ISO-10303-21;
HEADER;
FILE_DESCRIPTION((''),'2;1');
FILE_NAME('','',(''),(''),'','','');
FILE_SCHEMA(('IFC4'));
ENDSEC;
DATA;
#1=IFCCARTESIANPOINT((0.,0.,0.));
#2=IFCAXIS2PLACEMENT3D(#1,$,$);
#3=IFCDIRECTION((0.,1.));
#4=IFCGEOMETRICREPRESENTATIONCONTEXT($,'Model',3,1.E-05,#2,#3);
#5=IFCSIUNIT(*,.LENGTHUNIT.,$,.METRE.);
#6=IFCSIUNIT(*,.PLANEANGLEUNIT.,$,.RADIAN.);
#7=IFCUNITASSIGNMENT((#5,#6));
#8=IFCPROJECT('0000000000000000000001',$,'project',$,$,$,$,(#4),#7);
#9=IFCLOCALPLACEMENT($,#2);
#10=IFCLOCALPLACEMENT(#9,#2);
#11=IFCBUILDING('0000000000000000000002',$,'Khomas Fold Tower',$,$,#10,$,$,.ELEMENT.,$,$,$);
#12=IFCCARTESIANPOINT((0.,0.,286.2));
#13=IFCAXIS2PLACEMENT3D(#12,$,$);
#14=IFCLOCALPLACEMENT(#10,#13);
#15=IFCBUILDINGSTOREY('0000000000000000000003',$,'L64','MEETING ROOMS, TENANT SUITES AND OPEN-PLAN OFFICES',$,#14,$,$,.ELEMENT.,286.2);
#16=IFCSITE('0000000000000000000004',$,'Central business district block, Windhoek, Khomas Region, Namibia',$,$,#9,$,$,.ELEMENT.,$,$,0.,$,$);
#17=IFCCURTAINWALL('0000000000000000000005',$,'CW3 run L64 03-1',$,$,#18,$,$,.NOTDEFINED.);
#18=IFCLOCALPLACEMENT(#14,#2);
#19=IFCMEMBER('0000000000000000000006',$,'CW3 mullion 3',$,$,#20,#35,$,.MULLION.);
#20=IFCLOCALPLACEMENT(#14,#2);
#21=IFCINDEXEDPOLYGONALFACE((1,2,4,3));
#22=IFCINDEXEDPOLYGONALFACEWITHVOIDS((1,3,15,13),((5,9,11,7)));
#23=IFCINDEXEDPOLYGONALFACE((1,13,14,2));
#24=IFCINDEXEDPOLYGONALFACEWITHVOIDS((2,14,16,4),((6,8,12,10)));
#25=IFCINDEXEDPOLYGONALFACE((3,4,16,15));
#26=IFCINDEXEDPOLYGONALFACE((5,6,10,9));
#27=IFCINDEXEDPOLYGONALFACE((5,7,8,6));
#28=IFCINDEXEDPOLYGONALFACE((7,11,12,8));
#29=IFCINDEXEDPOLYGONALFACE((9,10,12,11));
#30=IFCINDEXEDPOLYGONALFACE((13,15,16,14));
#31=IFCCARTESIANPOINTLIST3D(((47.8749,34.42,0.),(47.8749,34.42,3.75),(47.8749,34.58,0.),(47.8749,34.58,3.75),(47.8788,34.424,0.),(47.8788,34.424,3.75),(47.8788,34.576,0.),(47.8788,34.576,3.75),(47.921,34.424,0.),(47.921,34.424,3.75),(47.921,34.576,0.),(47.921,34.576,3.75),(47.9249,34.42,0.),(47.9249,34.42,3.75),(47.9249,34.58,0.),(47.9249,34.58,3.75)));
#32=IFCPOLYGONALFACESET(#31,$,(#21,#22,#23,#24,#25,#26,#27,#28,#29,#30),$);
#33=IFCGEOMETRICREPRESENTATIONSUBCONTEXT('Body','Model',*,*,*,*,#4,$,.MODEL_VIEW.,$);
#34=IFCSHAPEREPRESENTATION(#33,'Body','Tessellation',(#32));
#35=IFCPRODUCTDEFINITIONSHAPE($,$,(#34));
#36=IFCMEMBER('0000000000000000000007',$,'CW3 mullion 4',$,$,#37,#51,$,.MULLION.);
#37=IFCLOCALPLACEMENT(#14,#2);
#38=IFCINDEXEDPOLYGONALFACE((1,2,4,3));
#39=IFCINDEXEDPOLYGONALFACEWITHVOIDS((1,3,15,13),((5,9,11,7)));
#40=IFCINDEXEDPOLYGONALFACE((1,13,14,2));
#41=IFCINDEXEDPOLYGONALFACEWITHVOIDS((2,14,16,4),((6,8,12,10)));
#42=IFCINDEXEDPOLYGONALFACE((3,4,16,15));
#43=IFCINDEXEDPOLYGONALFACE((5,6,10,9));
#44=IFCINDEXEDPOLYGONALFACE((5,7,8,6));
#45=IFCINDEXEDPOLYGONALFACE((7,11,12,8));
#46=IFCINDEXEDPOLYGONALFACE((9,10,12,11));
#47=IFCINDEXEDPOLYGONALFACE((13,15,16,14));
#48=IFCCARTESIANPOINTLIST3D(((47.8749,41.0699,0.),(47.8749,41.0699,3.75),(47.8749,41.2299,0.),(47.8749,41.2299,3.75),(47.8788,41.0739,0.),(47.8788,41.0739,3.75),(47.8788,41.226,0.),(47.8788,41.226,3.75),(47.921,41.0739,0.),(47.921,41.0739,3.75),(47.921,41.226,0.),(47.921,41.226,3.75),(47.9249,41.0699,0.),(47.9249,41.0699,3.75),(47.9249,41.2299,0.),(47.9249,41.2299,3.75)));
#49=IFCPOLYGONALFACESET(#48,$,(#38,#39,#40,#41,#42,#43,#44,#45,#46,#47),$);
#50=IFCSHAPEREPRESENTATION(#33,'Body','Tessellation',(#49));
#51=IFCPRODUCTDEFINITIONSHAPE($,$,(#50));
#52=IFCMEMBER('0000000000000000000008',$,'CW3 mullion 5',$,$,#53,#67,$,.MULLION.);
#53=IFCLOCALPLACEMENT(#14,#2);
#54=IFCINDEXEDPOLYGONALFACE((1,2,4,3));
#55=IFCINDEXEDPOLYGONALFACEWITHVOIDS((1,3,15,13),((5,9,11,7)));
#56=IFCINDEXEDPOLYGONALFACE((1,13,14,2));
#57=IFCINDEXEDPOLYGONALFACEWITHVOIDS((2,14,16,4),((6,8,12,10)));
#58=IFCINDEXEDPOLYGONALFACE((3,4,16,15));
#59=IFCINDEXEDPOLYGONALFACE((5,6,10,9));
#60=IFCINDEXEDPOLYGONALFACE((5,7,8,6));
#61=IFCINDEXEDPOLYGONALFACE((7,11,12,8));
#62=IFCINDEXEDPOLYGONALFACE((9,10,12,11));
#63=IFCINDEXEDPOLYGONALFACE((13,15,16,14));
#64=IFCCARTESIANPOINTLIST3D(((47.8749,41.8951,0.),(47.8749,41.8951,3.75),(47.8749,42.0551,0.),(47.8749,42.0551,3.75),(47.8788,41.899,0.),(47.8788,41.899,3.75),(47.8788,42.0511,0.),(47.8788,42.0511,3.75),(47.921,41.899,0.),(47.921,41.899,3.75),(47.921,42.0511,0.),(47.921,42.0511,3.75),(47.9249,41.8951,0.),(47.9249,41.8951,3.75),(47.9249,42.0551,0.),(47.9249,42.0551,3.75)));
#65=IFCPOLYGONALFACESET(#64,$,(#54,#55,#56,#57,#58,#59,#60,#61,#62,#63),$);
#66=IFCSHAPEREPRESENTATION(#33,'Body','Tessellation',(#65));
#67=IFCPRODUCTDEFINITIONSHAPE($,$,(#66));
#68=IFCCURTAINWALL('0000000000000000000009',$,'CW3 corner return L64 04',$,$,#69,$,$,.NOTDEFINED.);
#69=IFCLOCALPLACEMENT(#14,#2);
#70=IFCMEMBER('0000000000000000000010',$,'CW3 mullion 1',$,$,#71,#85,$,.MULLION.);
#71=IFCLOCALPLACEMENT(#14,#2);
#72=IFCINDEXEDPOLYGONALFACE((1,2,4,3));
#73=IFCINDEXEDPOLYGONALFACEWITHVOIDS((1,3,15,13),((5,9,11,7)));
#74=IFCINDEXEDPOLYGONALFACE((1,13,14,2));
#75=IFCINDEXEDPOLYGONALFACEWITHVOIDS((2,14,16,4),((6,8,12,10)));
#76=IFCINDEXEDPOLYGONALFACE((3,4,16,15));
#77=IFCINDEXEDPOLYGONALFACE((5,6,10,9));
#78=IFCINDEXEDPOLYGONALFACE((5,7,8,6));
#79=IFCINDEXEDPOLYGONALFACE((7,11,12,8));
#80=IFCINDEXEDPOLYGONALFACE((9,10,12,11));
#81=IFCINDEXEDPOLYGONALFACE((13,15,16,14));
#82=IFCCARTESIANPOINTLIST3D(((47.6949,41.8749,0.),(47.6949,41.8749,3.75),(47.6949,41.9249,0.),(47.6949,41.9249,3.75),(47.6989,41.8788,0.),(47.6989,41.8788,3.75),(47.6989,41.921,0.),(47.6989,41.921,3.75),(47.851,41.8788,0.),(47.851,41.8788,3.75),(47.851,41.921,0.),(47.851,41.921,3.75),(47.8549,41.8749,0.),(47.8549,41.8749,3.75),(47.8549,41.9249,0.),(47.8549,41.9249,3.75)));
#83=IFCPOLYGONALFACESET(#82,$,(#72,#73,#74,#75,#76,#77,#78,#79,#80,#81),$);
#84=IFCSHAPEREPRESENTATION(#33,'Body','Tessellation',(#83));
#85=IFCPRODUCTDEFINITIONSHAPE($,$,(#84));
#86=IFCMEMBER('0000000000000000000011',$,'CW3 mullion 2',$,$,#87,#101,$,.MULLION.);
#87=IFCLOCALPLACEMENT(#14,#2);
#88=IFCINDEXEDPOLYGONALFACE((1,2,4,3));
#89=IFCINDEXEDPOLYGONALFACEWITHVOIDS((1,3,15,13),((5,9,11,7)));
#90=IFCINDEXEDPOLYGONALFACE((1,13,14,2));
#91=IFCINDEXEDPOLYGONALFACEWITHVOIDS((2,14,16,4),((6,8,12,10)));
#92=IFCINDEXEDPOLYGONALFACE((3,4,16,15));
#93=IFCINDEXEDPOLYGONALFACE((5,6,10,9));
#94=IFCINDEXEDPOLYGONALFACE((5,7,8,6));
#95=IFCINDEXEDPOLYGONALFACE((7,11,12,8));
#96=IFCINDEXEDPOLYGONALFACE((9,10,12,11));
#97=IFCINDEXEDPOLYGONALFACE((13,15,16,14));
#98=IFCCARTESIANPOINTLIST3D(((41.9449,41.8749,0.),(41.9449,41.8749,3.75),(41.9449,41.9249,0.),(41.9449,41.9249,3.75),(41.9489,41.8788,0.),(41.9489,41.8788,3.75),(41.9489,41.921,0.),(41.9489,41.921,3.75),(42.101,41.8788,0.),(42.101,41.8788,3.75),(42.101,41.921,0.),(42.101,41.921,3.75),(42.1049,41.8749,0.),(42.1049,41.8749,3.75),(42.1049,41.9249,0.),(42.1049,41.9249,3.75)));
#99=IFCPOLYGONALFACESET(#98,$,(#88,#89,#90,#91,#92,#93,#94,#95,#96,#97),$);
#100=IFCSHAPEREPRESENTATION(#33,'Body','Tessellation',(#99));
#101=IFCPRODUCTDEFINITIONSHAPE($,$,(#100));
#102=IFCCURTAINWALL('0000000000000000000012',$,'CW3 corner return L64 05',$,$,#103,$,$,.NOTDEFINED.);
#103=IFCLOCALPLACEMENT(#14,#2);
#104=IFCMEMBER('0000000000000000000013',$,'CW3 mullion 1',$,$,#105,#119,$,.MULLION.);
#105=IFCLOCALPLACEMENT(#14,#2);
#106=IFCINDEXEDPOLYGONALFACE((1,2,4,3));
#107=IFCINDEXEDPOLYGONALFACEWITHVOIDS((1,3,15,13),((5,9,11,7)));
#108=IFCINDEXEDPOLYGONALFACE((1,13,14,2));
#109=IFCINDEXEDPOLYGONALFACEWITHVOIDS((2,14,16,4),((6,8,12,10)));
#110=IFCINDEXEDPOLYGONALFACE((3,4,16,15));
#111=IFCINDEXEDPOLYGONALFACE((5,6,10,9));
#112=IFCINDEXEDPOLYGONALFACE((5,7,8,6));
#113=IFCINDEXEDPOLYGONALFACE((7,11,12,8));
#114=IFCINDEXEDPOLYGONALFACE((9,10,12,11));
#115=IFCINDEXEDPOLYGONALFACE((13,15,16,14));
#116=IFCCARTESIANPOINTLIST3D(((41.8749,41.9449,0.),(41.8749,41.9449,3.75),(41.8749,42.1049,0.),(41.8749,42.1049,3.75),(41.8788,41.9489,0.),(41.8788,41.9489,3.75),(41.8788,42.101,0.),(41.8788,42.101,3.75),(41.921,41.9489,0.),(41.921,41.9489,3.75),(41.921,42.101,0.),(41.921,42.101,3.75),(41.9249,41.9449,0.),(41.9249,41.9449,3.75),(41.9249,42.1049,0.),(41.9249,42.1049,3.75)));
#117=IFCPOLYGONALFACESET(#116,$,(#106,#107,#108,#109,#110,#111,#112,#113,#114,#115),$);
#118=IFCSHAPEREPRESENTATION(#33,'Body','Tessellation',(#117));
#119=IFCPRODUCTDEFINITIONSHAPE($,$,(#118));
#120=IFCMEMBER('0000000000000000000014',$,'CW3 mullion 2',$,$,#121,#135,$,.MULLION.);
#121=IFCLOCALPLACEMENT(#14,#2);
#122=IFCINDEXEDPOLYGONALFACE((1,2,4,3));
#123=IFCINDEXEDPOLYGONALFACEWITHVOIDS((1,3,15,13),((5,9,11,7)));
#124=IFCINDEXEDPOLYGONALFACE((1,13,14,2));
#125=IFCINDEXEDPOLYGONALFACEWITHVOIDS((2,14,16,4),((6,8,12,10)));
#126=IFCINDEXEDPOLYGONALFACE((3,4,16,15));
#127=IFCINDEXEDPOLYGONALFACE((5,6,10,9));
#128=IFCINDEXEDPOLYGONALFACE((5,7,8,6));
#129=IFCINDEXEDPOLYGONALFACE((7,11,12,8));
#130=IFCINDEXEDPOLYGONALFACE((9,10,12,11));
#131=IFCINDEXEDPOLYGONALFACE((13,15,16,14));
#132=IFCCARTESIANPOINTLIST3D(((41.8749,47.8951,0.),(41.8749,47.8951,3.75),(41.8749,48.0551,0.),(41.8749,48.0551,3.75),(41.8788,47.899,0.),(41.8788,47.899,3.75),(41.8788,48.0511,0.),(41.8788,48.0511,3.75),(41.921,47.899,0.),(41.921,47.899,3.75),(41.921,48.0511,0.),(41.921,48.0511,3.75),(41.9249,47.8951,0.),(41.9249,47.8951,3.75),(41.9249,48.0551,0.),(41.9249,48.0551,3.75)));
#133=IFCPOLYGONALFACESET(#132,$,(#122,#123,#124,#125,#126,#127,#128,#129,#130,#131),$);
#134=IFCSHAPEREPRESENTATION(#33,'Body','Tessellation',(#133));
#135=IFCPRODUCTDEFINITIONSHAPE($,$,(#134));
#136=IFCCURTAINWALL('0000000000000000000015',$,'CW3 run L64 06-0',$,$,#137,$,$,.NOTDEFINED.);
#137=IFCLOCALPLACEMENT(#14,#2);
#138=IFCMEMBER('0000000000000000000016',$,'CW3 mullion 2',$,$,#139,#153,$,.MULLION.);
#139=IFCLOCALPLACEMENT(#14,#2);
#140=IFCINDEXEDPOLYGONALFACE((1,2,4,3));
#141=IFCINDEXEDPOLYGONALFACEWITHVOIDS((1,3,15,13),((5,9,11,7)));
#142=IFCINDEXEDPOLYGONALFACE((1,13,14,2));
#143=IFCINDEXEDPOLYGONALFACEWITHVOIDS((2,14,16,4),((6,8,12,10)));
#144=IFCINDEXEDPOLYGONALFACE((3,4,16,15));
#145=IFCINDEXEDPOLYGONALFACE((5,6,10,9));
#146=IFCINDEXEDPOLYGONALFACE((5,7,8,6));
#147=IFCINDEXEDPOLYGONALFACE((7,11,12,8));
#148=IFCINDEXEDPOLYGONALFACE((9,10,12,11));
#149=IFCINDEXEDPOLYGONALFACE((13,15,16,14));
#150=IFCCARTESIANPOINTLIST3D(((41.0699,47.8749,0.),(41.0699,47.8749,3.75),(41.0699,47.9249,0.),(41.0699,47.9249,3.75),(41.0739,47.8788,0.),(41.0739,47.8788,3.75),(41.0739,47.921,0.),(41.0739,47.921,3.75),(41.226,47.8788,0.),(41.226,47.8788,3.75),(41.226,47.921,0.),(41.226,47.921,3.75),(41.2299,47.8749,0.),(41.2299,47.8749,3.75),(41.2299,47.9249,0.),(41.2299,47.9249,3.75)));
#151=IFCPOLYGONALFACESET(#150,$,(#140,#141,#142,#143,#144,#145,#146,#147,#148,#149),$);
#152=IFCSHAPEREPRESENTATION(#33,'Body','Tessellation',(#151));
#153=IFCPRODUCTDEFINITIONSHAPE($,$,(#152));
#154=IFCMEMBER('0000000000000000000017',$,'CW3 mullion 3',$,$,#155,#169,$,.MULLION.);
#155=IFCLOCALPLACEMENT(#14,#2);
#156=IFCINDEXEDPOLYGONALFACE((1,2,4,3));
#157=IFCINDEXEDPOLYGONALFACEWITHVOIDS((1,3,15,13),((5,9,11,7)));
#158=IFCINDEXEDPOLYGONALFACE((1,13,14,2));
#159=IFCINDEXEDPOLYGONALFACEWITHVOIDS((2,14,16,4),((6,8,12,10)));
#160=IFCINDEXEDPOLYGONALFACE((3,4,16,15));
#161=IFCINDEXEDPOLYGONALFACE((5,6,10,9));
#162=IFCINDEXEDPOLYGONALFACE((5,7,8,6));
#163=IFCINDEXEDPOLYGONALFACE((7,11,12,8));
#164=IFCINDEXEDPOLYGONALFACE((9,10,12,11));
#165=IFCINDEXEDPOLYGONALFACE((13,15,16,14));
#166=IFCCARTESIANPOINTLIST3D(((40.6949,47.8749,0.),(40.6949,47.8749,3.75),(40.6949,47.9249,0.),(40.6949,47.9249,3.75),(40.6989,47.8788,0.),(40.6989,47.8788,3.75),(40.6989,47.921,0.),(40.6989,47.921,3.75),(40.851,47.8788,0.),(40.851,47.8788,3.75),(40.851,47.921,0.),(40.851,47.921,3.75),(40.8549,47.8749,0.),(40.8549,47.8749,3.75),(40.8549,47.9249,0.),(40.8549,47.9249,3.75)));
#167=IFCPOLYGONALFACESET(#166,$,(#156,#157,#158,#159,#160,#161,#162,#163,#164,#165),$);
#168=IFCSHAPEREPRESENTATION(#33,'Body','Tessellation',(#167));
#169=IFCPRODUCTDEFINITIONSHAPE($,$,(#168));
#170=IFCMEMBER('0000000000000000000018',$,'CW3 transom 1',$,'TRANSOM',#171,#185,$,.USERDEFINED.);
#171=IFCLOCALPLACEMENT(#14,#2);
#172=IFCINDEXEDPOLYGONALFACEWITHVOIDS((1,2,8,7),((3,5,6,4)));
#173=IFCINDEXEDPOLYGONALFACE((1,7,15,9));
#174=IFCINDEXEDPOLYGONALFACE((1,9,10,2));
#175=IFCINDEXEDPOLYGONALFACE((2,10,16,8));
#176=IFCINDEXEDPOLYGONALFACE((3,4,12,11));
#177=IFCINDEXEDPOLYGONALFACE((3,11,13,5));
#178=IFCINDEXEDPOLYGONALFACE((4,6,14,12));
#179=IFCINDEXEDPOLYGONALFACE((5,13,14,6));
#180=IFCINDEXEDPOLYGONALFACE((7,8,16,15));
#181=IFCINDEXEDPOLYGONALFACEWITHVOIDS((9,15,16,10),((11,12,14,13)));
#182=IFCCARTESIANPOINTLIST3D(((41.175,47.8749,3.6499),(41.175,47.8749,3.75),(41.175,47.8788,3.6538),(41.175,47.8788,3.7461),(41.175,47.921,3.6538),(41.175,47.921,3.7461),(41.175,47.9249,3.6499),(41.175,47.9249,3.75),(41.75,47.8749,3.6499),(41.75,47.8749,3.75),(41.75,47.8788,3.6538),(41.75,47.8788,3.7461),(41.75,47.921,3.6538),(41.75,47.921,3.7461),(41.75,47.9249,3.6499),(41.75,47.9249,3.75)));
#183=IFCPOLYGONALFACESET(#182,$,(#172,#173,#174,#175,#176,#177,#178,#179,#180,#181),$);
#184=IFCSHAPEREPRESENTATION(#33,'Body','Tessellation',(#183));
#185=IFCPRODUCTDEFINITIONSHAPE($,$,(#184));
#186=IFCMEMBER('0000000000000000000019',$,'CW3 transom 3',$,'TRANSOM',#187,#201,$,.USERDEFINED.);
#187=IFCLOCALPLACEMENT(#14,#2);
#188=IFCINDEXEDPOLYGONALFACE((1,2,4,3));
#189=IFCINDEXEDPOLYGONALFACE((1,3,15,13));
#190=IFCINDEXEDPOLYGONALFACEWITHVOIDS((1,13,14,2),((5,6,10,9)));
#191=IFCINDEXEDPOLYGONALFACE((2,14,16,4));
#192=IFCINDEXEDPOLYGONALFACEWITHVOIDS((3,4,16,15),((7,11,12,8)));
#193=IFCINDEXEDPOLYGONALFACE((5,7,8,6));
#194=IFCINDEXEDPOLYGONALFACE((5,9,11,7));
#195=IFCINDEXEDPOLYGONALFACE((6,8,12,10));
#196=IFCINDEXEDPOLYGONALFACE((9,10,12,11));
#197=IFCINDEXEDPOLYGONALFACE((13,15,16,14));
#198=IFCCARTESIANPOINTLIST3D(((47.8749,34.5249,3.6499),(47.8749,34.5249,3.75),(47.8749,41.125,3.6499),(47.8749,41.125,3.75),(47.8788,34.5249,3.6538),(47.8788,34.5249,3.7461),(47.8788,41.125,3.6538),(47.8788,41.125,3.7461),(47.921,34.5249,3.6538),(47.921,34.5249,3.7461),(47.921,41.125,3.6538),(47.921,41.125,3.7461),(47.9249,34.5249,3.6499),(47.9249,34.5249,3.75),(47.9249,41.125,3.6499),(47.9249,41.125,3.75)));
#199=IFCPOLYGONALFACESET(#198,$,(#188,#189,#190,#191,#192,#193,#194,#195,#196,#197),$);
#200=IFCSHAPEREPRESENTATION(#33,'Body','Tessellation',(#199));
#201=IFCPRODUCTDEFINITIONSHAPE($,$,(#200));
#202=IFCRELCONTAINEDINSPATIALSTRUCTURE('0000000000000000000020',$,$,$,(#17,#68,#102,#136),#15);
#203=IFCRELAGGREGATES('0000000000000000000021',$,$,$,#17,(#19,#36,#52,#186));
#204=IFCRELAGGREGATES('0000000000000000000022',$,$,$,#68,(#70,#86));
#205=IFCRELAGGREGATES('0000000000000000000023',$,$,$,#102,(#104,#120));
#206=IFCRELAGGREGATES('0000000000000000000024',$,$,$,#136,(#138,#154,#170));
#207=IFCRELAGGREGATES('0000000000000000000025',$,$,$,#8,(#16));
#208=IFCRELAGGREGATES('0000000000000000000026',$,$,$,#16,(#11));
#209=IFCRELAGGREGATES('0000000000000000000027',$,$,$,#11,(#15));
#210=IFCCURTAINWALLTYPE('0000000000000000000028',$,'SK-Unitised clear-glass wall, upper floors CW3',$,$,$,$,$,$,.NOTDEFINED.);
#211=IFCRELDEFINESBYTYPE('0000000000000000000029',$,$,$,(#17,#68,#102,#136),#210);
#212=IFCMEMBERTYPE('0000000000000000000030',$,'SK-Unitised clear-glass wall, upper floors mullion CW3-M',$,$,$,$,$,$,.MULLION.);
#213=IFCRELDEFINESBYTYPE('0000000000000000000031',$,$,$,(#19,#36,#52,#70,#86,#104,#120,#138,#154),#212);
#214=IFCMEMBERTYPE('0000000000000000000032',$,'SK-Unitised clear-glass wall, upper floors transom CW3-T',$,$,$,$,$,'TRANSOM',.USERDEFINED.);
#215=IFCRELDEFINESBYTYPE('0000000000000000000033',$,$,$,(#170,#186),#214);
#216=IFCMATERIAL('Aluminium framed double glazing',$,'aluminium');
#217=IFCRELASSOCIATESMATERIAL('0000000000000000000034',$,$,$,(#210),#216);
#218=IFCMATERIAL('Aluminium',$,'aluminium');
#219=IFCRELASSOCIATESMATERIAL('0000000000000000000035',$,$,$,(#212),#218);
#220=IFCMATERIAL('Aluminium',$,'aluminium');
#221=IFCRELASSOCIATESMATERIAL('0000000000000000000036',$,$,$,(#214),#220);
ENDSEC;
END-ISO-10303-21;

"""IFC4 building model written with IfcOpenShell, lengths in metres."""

from ifc_helpers import new_model, si_unit, direction, frame, origin, origin_2d, place, context, subcontext, project, spatial, hollow_rectangle, extrude, source, transform, mapped, material, material_profile, profile_set, type_object, element, aggregate, save


model = new_model("IFC4")

# Units and contexts
model_context = context("Model", 3, precision=1e-05, world=origin(), true_north=direction((0.0, 1.0)))
body_context = subcontext(model_context, "Body", "Model", "MODEL_VIEW")
ifc_project = project(units=[si_unit("LENGTHUNIT", "METRE"), si_unit("PLANEANGLEUNIT", "RADIAN")], contexts=[model_context])

# Site, building, storey
site_placement = place(None, origin())
site = spatial("IfcSite", under=ifc_project, at=site_placement, Name="Central business district block, Windhoek, Khomas Region, Namibia", CompositionType="ELEMENT", RefElevation=0.0)
building_placement = place(site_placement, origin())
building = spatial("IfcBuilding", under=site, at=building_placement, Name="Khomas Fold Tower", CompositionType="ELEMENT")
storey_placement = place(building_placement, frame((0.0, 0.0, 286.2)))
storey = spatial("IfcBuildingStorey", under=building, at=storey_placement, Name="L64", Description="MEETING ROOMS, TENANT SUITES AND OPEN-PLAN OFFICES", CompositionType="ELEMENT", Elevation=286.2)

# Curtain walls, members
ifc_material_1 = material(Name="Aluminium framed double glazing", Category="aluminium")
curtain_wall_type = type_object("IfcCurtainWallType", Name="SK-Unitised clear-glass wall, upper floors CW3", PredefinedType="NOTDEFINED", material=ifc_material_1)
curtain_wall_1_placement = place(storey_placement, origin())
curtain_wall_1 = element("IfcCurtainWall", 1, at=curtain_wall_1_placement, inside=storey, type_object=curtain_wall_type, Name="CW3 run L64 03-1", PredefinedType="NOTDEFINED")
ifc_material_2 = material(Name="Aluminium", Category="aluminium")
ifc_material_profile_1 = material_profile(ifc_material_2, hollow_rectangle(XDim=0.05, YDim=0.1599, WallThickness=0.0039, at=origin_2d()), Name="SK-Unitised clear-glass wall, upper floors mullion CW3-M")
ifc_profile_set_1 = profile_set([ifc_material_profile_1], Name="Aluminium")
member_type_1 = type_object("IfcMemberType", Name="SK-Unitised clear-glass wall, upper floors mullion CW3-M", PredefinedType="MULLION", material=ifc_profile_set_1)
shared_shape_1 = source(origin(), body_context, "Body", "SweptSolid", [
    extrude(hollow_rectangle(XDim=0.05, YDim=0.1599, WallThickness=0.0039, at=origin_2d()), origin(), (0.0, 0.0, 1.0), 3.75),
])
member_1_placement = place(storey_placement, frame((47.8999, 34.5, 0.0), z_axis=(0.0, 0.0, 1.0), x_axis=(-1.0, 0.0, 0.0)))
member_1 = element("IfcMember", 2, at=member_1_placement, type_object=member_type_1, Name="CW3 mullion 3", PredefinedType="MULLION", context=body_context, shape_type="MappedRepresentation", body=[
    mapped(shared_shape_1, transform((0.0, 0.0, 0.0))),
])
member_2_placement = place(storey_placement, frame((47.8999, 41.1499, 0.0), z_axis=(0.0, 0.0, 1.0), x_axis=(-1.0, 0.0, 0.0)))
member_2 = element("IfcMember", 3, at=member_2_placement, type_object=member_type_1, Name="CW3 mullion 4", PredefinedType="MULLION", context=body_context, shape_type="MappedRepresentation", body=[
    mapped(shared_shape_1, transform((0.0, 0.0, 0.0))),
])
member_3_placement = place(storey_placement, frame((47.8999, 41.9751, 0.0), z_axis=(0.0, 0.0, 1.0), x_axis=(-1.0, 0.0, 0.0)))
member_3 = element("IfcMember", 4, at=member_3_placement, type_object=member_type_1, Name="CW3 mullion 5", PredefinedType="MULLION", context=body_context, shape_type="MappedRepresentation", body=[
    mapped(shared_shape_1, transform((0.0, 0.0, 0.0))),
])
curtain_wall_2_placement = place(storey_placement, origin())
curtain_wall_2 = element("IfcCurtainWall", 5, at=curtain_wall_2_placement, inside=storey, type_object=curtain_wall_type, Name="CW3 corner return L64 04", PredefinedType="NOTDEFINED")
member_4_placement = place(storey_placement, frame((47.7749, 41.8999, 0.0), z_axis=(0.0, 0.0, 1.0), x_axis=(0.0, -1.0, 0.0)))
member_4 = element("IfcMember", 6, at=member_4_placement, type_object=member_type_1, Name="CW3 mullion 1", PredefinedType="MULLION", context=body_context, shape_type="MappedRepresentation", body=[
    mapped(shared_shape_1, transform((0.0, 0.0, 0.0))),
])
member_5_placement = place(storey_placement, frame((42.0249, 41.8999, 0.0), z_axis=(0.0, 0.0, 1.0), x_axis=(0.0, -1.0, 0.0)))
member_5 = element("IfcMember", 7, at=member_5_placement, type_object=member_type_1, Name="CW3 mullion 2", PredefinedType="MULLION", context=body_context, shape_type="MappedRepresentation", body=[
    mapped(shared_shape_1, transform((0.0, 0.0, 0.0))),
])
curtain_wall_3_placement = place(storey_placement, origin())
curtain_wall_3 = element("IfcCurtainWall", 8, at=curtain_wall_3_placement, inside=storey, type_object=curtain_wall_type, Name="CW3 corner return L64 05", PredefinedType="NOTDEFINED")
member_6_placement = place(storey_placement, frame((41.8999, 42.0249, 0.0), z_axis=(0.0, 0.0, 1.0), x_axis=(-1.0, 0.0, 0.0)))
member_6 = element("IfcMember", 9, at=member_6_placement, type_object=member_type_1, Name="CW3 mullion 1", PredefinedType="MULLION", context=body_context, shape_type="MappedRepresentation", body=[
    mapped(shared_shape_1, transform((0.0, 0.0, 0.0))),
])
member_7_placement = place(storey_placement, frame((41.8999, 47.9751, 0.0), z_axis=(0.0, 0.0, 1.0), x_axis=(-1.0, 0.0, 0.0)))
member_7 = element("IfcMember", 10, at=member_7_placement, type_object=member_type_1, Name="CW3 mullion 2", PredefinedType="MULLION", context=body_context, shape_type="MappedRepresentation", body=[
    mapped(shared_shape_1, transform((0.0, 0.0, 0.0))),
])
curtain_wall_4_placement = place(storey_placement, origin())
curtain_wall_4 = element("IfcCurtainWall", 11, at=curtain_wall_4_placement, inside=storey, type_object=curtain_wall_type, Name="CW3 run L64 06-0", PredefinedType="NOTDEFINED")
member_8_placement = place(storey_placement, frame((41.1499, 47.8999, 0.0), z_axis=(0.0, 0.0, 1.0), x_axis=(0.0, -1.0, 0.0)))
member_8 = element("IfcMember", 12, at=member_8_placement, type_object=member_type_1, Name="CW3 mullion 2", PredefinedType="MULLION", context=body_context, shape_type="MappedRepresentation", body=[
    mapped(shared_shape_1, transform((0.0, 0.0, 0.0))),
])
member_9_placement = place(storey_placement, frame((40.7749, 47.8999, 0.0), z_axis=(0.0, 0.0, 1.0), x_axis=(0.0, -1.0, 0.0)))
member_9 = element("IfcMember", 13, at=member_9_placement, type_object=member_type_1, Name="CW3 mullion 3", PredefinedType="MULLION", context=body_context, shape_type="MappedRepresentation", body=[
    mapped(shared_shape_1, transform((0.0, 0.0, 0.0))),
])
ifc_material_3 = material(Name="Aluminium", Category="aluminium")
ifc_material_profile_2 = material_profile(ifc_material_3, hollow_rectangle(XDim=0.05, YDim=0.1001, WallThickness=0.0039, at=origin_2d()), Name="SK-Unitised clear-glass wall, upper floors transom CW3-T")
ifc_profile_set_2 = profile_set([ifc_material_profile_2], Name="Aluminium")
member_type_2 = type_object("IfcMemberType", Name="SK-Unitised clear-glass wall, upper floors transom CW3-T", ElementType="TRANSOM", PredefinedType="USERDEFINED", material=ifc_profile_set_2)
shared_shape_2 = source(origin(), body_context, "Body", "SweptSolid", [
    extrude(hollow_rectangle(XDim=0.05, YDim=0.1001, WallThickness=0.0039, at=origin_2d()), origin(), (0.0, 0.0, 1.0), 0.575),
])
member_10_placement = place(storey_placement, frame((41.75, 47.8999, 3.7), z_axis=(-1.0, 0.0, 0.0), x_axis=(0.0, -1.0, 0.0)))
member_10 = element("IfcMember", 14, at=member_10_placement, type_object=member_type_2, Name="CW3 transom 1", ObjectType="TRANSOM", PredefinedType="USERDEFINED", context=body_context, shape_type="MappedRepresentation", body=[
    mapped(shared_shape_2, transform((0.0, 0.0, 0.0))),
])

# Member
shared_shape_3 = source(origin(), body_context, "Body", "SweptSolid", [
    extrude(hollow_rectangle(XDim=0.05, YDim=0.1001, WallThickness=0.0039, at=origin_2d()), origin(), (0.0, 0.0, 1.0), 6.6001),
])
member_11_placement = place(storey_placement, frame((47.8999, 34.5249, 3.7), z_axis=(0.0, 1.0, 0.0), x_axis=(-1.0, 0.0, 0.0)))
member_11 = element("IfcMember", 15, at=member_11_placement, type_object=member_type_2, Name="CW3 transom 3", ObjectType="TRANSOM", PredefinedType="USERDEFINED", context=body_context, shape_type="MappedRepresentation", body=[
    mapped(shared_shape_3, transform((0.0, 0.0, 0.0))),
])

aggregate(curtain_wall_1, [member_1, member_2, member_3, member_11])
aggregate(curtain_wall_2, [member_4, member_5])
aggregate(curtain_wall_3, [member_6, member_7])
aggregate(curtain_wall_4, [member_8, member_9, member_10])

save(model, "model.ifc")
